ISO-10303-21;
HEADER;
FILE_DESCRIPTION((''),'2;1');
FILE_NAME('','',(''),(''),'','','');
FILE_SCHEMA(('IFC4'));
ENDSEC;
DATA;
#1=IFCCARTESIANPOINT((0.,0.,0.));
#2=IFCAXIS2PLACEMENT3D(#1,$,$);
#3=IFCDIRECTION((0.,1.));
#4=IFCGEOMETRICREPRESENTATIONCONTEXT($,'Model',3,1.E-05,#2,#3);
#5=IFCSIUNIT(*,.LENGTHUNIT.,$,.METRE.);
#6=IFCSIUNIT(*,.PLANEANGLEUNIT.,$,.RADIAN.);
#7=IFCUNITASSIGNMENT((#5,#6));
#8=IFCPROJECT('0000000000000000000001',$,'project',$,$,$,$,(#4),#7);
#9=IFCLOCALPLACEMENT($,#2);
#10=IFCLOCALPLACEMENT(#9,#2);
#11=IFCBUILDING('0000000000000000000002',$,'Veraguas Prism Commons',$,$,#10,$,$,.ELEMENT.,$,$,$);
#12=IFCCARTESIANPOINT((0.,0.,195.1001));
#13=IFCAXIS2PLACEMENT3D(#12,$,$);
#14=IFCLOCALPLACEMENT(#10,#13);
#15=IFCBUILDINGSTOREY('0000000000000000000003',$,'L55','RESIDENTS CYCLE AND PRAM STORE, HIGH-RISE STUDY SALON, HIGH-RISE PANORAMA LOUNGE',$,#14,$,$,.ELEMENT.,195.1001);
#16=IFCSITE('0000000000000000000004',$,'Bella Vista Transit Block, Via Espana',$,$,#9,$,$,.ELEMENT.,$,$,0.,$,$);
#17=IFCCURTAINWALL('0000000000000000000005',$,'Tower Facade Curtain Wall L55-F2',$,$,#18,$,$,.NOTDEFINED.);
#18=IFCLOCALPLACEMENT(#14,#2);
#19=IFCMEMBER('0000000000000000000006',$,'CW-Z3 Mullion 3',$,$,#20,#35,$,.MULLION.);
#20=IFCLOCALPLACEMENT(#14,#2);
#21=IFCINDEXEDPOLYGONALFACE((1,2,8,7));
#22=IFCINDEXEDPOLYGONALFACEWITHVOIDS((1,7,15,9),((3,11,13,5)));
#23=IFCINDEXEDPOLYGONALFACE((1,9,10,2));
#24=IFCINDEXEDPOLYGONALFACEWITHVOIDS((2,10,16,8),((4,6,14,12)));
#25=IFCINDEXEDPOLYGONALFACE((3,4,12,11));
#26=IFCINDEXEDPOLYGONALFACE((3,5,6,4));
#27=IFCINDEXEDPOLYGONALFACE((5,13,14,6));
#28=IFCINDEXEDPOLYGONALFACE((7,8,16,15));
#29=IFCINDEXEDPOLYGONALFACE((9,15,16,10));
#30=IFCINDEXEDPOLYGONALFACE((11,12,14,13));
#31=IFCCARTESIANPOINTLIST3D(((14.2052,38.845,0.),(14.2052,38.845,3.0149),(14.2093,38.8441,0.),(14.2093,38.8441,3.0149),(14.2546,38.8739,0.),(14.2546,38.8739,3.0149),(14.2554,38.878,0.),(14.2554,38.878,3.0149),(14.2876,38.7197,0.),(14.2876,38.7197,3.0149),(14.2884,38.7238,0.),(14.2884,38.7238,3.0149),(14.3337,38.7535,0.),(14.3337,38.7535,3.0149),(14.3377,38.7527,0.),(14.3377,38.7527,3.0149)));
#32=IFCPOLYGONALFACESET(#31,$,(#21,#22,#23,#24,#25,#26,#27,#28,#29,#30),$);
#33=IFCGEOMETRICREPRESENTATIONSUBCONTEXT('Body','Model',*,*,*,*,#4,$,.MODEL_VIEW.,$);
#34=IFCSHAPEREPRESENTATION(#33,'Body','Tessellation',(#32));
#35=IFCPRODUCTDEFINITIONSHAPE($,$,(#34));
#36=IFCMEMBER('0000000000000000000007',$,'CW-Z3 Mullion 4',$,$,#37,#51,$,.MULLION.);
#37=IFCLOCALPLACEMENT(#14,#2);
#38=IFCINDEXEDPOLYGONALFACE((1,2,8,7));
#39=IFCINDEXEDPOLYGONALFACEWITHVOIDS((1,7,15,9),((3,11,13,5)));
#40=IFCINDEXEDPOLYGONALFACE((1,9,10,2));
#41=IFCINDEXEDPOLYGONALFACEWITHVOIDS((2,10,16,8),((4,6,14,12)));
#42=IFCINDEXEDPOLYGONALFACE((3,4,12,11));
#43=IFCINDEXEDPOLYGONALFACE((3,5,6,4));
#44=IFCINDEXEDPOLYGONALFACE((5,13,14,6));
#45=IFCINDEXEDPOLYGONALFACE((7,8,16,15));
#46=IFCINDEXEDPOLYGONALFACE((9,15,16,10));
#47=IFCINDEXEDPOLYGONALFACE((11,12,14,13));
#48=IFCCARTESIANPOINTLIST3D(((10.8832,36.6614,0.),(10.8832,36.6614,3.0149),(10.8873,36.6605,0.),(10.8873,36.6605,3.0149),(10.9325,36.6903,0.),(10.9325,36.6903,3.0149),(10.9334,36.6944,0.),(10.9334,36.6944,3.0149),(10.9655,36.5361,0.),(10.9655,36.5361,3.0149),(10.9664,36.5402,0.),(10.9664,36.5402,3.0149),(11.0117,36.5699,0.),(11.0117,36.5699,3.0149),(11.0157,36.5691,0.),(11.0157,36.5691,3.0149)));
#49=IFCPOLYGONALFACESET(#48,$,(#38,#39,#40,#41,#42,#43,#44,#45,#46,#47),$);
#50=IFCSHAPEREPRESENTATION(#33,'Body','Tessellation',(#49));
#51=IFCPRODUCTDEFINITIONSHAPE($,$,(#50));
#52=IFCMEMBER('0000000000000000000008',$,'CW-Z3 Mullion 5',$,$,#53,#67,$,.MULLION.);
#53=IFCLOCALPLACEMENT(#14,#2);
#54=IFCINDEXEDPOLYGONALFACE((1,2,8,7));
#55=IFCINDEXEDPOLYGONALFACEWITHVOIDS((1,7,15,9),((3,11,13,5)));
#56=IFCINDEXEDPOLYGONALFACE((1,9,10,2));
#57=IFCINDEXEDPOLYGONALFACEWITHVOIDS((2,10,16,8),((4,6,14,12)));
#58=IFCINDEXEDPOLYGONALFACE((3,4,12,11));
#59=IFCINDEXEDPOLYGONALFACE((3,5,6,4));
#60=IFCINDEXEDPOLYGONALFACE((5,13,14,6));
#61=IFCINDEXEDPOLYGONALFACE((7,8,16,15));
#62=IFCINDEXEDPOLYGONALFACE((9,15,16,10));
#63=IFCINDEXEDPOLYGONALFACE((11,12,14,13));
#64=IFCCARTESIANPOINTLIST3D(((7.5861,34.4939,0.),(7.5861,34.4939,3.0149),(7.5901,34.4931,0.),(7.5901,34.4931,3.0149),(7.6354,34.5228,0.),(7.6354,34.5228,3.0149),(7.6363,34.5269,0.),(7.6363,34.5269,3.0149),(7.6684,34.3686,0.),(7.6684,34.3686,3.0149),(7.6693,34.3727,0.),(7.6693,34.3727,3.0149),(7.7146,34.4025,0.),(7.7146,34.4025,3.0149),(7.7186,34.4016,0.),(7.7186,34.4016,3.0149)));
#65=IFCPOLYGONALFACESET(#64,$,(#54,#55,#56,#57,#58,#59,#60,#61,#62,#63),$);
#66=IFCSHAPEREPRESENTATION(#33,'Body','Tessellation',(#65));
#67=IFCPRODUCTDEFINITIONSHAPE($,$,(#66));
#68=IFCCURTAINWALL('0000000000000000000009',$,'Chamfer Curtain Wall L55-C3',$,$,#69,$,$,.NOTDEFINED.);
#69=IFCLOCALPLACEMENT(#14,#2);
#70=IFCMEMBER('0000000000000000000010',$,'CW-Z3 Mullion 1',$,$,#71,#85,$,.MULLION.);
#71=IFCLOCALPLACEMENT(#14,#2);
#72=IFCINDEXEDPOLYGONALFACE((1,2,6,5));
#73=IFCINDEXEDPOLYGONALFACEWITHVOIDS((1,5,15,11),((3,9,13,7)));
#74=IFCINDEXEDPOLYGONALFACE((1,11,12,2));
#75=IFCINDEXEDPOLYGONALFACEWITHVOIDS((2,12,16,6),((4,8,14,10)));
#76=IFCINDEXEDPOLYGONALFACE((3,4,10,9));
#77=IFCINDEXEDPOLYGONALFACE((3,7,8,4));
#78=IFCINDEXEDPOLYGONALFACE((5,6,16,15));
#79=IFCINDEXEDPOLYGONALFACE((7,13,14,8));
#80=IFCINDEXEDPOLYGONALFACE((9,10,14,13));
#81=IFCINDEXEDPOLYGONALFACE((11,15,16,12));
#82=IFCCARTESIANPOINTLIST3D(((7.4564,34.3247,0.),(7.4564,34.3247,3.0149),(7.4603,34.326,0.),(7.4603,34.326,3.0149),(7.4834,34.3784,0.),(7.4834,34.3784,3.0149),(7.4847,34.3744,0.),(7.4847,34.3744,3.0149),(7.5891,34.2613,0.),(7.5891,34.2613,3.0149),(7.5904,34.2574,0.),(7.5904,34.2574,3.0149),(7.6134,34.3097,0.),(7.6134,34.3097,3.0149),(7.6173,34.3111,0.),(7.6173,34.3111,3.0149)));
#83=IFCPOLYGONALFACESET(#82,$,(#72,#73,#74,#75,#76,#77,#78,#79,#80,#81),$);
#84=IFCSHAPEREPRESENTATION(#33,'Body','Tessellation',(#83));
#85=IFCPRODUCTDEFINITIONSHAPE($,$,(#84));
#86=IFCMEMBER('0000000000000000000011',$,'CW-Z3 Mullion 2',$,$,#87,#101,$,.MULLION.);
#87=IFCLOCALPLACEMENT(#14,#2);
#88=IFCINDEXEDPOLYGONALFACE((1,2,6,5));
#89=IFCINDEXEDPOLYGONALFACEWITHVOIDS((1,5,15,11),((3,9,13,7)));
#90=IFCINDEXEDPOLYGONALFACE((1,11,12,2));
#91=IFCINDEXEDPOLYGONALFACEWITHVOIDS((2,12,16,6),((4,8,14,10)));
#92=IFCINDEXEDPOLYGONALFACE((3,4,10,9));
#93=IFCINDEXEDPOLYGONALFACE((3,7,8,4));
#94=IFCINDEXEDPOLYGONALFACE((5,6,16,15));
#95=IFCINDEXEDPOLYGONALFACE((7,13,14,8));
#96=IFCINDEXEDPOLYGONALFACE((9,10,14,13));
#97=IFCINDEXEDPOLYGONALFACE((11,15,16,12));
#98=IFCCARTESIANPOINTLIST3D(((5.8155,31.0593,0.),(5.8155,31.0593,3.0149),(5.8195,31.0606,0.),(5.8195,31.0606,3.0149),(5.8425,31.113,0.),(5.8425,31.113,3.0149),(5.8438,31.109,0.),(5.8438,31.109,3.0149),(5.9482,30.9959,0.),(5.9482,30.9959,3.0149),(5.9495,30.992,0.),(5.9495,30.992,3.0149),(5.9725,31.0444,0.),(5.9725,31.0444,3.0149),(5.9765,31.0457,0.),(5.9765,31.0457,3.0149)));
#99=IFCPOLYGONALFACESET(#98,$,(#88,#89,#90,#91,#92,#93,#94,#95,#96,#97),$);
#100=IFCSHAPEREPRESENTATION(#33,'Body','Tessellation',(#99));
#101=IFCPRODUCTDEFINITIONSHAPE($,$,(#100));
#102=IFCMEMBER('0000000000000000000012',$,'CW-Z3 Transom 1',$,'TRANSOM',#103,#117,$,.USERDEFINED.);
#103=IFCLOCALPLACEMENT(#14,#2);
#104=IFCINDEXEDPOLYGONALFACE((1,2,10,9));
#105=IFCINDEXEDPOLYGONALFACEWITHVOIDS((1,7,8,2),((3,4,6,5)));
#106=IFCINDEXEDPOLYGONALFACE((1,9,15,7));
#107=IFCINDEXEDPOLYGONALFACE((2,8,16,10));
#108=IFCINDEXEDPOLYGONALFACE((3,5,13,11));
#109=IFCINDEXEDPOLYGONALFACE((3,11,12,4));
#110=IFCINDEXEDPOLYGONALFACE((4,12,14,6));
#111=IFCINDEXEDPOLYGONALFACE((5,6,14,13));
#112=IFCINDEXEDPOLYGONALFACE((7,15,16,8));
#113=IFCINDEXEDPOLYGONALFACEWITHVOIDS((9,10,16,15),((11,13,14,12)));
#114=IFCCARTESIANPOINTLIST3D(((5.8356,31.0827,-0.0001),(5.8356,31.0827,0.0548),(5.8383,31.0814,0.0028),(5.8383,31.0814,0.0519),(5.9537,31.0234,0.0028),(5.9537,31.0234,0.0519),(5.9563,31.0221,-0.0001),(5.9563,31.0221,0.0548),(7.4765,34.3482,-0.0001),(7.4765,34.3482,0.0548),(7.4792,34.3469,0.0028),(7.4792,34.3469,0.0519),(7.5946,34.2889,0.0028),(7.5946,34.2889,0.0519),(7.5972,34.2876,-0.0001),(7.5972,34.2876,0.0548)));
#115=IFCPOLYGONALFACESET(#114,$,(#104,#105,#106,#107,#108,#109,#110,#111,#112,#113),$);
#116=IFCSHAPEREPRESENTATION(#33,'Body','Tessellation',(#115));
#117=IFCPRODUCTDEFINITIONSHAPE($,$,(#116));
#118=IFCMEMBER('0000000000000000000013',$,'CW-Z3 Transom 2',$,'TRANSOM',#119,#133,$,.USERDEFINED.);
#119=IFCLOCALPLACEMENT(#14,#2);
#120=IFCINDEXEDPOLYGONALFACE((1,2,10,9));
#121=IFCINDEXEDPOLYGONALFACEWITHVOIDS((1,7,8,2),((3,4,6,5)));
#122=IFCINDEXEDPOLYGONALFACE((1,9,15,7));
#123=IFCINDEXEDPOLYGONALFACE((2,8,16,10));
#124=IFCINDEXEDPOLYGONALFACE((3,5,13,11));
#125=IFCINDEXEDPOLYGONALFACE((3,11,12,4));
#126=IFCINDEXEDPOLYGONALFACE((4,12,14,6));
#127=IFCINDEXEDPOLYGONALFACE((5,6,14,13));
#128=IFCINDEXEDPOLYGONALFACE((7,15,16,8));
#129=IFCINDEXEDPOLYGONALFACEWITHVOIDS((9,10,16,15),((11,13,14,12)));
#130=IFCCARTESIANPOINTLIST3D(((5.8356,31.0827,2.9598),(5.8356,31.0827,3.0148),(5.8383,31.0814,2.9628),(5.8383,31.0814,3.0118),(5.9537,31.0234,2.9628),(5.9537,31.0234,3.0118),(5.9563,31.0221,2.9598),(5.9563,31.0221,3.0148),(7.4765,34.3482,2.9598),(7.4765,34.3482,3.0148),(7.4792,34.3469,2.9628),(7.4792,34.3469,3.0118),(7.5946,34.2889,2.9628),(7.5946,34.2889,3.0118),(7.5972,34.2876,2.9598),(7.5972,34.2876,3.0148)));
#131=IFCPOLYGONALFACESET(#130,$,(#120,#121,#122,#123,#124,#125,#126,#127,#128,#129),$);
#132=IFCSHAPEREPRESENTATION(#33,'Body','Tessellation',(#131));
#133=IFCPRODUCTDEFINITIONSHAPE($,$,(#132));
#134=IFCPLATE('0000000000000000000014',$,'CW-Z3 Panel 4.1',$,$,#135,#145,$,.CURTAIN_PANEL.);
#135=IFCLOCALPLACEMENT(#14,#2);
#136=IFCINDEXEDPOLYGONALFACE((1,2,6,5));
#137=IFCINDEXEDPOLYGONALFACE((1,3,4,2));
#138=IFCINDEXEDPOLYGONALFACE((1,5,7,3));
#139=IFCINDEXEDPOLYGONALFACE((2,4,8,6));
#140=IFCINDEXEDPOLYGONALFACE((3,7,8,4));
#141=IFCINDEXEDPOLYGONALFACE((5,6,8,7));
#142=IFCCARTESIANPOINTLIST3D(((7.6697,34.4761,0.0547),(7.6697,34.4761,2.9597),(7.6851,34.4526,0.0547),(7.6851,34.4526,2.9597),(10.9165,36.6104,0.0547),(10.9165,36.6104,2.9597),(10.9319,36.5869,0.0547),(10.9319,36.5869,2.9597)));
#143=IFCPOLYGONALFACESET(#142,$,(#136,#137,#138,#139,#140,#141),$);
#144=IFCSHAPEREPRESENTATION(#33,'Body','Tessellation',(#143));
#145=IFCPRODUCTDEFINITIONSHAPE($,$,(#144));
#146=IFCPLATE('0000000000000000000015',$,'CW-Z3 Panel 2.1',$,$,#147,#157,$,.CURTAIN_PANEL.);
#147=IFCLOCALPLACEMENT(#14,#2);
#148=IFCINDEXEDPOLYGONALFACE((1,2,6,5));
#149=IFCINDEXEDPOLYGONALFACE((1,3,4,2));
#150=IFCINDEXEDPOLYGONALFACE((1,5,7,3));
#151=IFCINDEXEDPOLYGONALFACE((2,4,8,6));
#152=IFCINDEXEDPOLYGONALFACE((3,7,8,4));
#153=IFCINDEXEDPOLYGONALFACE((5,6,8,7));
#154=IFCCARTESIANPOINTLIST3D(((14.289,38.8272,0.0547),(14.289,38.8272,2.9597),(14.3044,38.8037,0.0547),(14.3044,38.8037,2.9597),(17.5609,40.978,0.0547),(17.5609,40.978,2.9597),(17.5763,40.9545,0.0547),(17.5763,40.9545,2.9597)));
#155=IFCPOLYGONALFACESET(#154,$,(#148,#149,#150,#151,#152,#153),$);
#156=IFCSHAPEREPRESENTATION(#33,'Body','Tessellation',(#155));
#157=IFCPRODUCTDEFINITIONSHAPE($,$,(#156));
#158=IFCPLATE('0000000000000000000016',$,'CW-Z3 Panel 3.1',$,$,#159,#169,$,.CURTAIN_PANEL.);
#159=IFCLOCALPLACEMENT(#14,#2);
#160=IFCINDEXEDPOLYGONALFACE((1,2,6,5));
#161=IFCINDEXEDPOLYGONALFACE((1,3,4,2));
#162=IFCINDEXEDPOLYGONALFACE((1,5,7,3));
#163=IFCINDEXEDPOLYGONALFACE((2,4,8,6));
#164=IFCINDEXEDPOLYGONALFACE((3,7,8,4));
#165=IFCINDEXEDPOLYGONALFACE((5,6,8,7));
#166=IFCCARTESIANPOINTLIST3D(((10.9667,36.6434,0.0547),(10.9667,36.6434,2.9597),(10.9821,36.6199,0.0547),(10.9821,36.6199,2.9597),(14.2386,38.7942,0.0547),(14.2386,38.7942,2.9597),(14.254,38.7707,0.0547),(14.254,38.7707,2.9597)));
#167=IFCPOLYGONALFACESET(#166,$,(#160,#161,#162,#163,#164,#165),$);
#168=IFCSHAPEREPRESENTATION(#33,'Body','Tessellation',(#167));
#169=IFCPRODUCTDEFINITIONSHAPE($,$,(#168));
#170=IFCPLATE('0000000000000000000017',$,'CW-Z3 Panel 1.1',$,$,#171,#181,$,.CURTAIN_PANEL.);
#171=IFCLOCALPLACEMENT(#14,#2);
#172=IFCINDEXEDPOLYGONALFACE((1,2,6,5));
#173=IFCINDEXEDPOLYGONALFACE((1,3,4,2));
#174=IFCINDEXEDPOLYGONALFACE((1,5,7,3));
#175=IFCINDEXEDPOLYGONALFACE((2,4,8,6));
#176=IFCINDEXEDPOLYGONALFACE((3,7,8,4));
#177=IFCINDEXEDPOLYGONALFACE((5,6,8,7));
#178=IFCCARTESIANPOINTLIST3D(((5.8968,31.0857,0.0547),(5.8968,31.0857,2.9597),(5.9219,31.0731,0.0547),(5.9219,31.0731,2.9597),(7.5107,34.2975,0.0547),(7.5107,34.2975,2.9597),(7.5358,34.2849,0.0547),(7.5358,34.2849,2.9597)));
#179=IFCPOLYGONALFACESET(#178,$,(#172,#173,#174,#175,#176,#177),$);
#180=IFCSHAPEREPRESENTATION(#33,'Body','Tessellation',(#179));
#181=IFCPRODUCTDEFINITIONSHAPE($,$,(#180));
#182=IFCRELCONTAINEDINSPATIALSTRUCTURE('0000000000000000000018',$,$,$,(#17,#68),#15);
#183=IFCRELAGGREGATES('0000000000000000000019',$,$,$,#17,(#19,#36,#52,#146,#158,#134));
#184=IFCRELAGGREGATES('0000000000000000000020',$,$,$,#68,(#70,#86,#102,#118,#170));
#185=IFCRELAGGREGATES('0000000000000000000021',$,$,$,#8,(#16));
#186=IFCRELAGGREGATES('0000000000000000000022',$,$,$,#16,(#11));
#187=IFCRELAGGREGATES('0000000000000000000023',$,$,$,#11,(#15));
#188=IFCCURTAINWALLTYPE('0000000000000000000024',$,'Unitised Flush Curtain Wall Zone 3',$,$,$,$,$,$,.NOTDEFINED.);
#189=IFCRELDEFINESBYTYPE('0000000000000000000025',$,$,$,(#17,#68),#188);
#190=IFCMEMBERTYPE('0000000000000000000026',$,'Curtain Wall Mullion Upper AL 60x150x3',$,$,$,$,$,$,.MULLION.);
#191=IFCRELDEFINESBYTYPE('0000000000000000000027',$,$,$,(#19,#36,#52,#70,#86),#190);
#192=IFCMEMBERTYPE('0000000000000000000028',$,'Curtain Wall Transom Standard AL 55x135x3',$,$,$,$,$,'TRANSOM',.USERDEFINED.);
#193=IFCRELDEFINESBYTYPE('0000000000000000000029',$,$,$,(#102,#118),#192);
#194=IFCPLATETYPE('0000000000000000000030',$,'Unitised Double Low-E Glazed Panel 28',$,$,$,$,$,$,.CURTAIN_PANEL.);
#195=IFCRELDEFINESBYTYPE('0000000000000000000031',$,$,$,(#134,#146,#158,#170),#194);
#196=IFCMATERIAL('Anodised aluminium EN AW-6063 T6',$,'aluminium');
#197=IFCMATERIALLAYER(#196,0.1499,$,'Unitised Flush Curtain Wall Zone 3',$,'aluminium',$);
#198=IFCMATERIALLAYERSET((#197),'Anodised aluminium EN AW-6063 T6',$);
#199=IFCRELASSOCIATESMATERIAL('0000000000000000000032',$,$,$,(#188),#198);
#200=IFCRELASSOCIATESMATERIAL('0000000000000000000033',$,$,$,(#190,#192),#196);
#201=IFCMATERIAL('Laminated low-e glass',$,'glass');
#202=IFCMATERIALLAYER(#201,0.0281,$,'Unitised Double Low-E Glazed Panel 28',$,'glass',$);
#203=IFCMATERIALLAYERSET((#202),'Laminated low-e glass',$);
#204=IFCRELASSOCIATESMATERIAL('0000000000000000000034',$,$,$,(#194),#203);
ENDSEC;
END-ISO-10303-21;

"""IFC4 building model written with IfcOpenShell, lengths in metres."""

from ifc_helpers import new_model, si_unit, direction, frame, origin, origin_2d, place, context, subcontext, project, spatial, rectangle, hollow_rectangle, extrude, source, transform, mapped, material, layer, layer_set, material_profile, profile_set, type_object, element, aggregate, save


model = new_model("IFC4")

# Units and contexts
model_context = context("Model", 3, precision=1e-05, world=origin(), true_north=direction((0.0, 1.0)))
body_context = subcontext(model_context, "Body", "Model", "MODEL_VIEW")
ifc_project = project(units=[si_unit("LENGTHUNIT", "METRE"), si_unit("PLANEANGLEUNIT", "RADIAN")], contexts=[model_context])

# Site, building, storey
site_placement = place(None, origin())
site = spatial("IfcSite", under=ifc_project, at=site_placement, Name="Bella Vista Transit Block, Via Espana", CompositionType="ELEMENT", RefElevation=0.0)
building_placement = place(site_placement, origin())
building = spatial("IfcBuilding", under=site, at=building_placement, Name="Veraguas Prism Commons", CompositionType="ELEMENT")
storey_placement = place(building_placement, frame((0.0, 0.0, 195.1001)))
storey = spatial("IfcBuildingStorey", under=building, at=storey_placement, Name="L55", Description="RESIDENTS CYCLE AND PRAM STORE, HIGH-RISE STUDY SALON, HIGH-RISE PANORAMA LOUNGE", CompositionType="ELEMENT", Elevation=195.1001)

# Curtain walls, members
ifc_material_1 = material(Name="Anodised aluminium EN AW-6063 T6", Category="aluminium")
ifc_layer_1 = layer(ifc_material_1, 0.1499, Name="Unitised Flush Curtain Wall Zone 3", Category="aluminium")
ifc_layer_set_1 = layer_set([ifc_layer_1], Name="Anodised aluminium EN AW-6063 T6")
curtain_wall_type = type_object("IfcCurtainWallType", Name="Unitised Flush Curtain Wall Zone 3", PredefinedType="NOTDEFINED", material=ifc_layer_set_1)
curtain_wall_1_placement = place(storey_placement, origin())
curtain_wall_1 = element("IfcCurtainWall", 1, at=curtain_wall_1_placement, inside=storey, type_object=curtain_wall_type, Name="Tower Facade Curtain Wall L55-F2", PredefinedType="NOTDEFINED")
ifc_material_profile_1 = material_profile(ifc_material_1, hollow_rectangle(XDim=0.0601, YDim=0.1499, WallThickness=0.0029, at=origin_2d()), Name="AL60X150X3")
ifc_profile_set_1 = profile_set([ifc_material_profile_1], Name="Anodised aluminium EN AW-6063 T6")
member_type_1 = type_object("IfcMemberType", Name="Curtain Wall Mullion Upper AL 60x150x3", PredefinedType="MULLION", material=ifc_profile_set_1)
shared_shape_1 = source(origin(), body_context, "Body", "SweptSolid", [
    extrude(hollow_rectangle(XDim=0.0601, YDim=0.1499, WallThickness=0.0029, at=origin_2d()), origin(), (0.0, 0.0, 1.0), 3.0149),
])
member_1_placement = place(storey_placement, frame((14.2715, 38.7988, 0.0), z_axis=(0.0, 0.0, 1.0), x_axis=(-0.835621, -0.549306, 0.0)))
member_1 = element("IfcMember", 2, at=member_1_placement, type_object=member_type_1, Name="CW-Z3 Mullion 3", PredefinedType="MULLION", context=body_context, shape_type="MappedRepresentation", body=[
    mapped(shared_shape_1, transform((0.0, 0.0, 0.0), scale=1.0)),
])
member_2_placement = place(storey_placement, frame((10.9495, 36.6152, 0.0), z_axis=(0.0, 0.0, 1.0), x_axis=(-0.835621, -0.549306, 0.0)))
member_2 = element("IfcMember", 3, at=member_2_placement, type_object=member_type_1, Name="CW-Z3 Mullion 4", PredefinedType="MULLION", context=body_context, shape_type="MappedRepresentation", body=[
    mapped(shared_shape_1, transform((0.0, 0.0, 0.0), scale=1.0)),
])
member_3_placement = place(storey_placement, frame((7.6523, 34.4478, 0.0), z_axis=(0.0, 0.0, 1.0), x_axis=(-0.835621, -0.549306, 0.0)))
member_3 = element("IfcMember", 4, at=member_3_placement, type_object=member_type_1, Name="CW-Z3 Mullion 5", PredefinedType="MULLION", context=body_context, shape_type="MappedRepresentation", body=[
    mapped(shared_shape_1, transform((0.0, 0.0, 0.0), scale=1.0)),
])
curtain_wall_2_placement = place(storey_placement, origin())
curtain_wall_2 = element("IfcCurtainWall", 5, at=curtain_wall_2_placement, inside=storey, type_object=curtain_wall_type, Name="Chamfer Curtain Wall L55-C3", PredefinedType="NOTDEFINED")
member_4_placement = place(storey_placement, frame((7.5369, 34.3179, 0.0), z_axis=(0.0, 0.0, 1.0), x_axis=(-0.449001, -0.893531, 0.0)))
member_4 = element("IfcMember", 6, at=member_4_placement, type_object=member_type_1, Name="CW-Z3 Mullion 1", PredefinedType="MULLION", context=body_context, shape_type="MappedRepresentation", body=[
    mapped(shared_shape_1, transform((0.0, 0.0, 0.0), scale=1.0)),
])
member_5_placement = place(storey_placement, frame((5.896, 31.0525, 0.0), z_axis=(0.0, 0.0, 1.0), x_axis=(-0.449001, -0.893531, 0.0)))
member_5 = element("IfcMember", 7, at=member_5_placement, type_object=member_type_1, Name="CW-Z3 Mullion 2", PredefinedType="MULLION", context=body_context, shape_type="MappedRepresentation", body=[
    mapped(shared_shape_1, transform((0.0, 0.0, 0.0), scale=1.0)),
])
ifc_material_profile_2 = material_profile(ifc_material_1, hollow_rectangle(XDim=0.0549, YDim=0.135, WallThickness=0.0029, at=origin_2d()), Name="AL55X135X3")
ifc_profile_set_2 = profile_set([ifc_material_profile_2], Name="Anodised aluminium EN AW-6063 T6")
member_type_2 = type_object("IfcMemberType", Name="Curtain Wall Transom Standard AL 55x135x3", ElementType="TRANSOM", PredefinedType="USERDEFINED", material=ifc_profile_set_2)
shared_shape_2 = source(origin(), body_context, "Body", "SweptSolid", [
    extrude(hollow_rectangle(XDim=0.0549, YDim=0.135, WallThickness=0.0029, at=origin_2d()), origin(), (0.0, 0.0, 1.0), 3.6545),
])
member_6_placement = place(storey_placement, frame((7.5369, 34.3179, 0.0273), z_axis=(-0.449003, -0.89353, 0.0), x_axis=(0.0, 0.0, 1.0)))
member_6 = element("IfcMember", 8, at=member_6_placement, type_object=member_type_2, Name="CW-Z3 Transom 1", ObjectType="TRANSOM", PredefinedType="USERDEFINED", context=body_context, shape_type="MappedRepresentation", body=[
    mapped(shared_shape_2, transform((0.0, 0.0, 0.0), scale=1.0)),
])
member_7_placement = place(storey_placement, frame((7.5369, 34.3179, 2.9873), z_axis=(-0.449003, -0.89353, 0.0), x_axis=(0.0, 0.0, 1.0)))
member_7 = element("IfcMember", 9, at=member_7_placement, type_object=member_type_2, Name="CW-Z3 Transom 2", ObjectType="TRANSOM", PredefinedType="USERDEFINED", context=body_context, shape_type="MappedRepresentation", body=[
    mapped(shared_shape_2, transform((0.0, 0.0, 0.0), scale=1.0)),
])

# Plates
ifc_material_2 = material(Name="Laminated low-e glass", Category="glass")
ifc_layer_2 = layer(ifc_material_2, 0.0281, Name="Unitised Double Low-E Glazed Panel 28", Category="glass")
ifc_layer_set_2 = layer_set([ifc_layer_2], Name="Laminated low-e glass")
plate_type = type_object("IfcPlateType", Name="Unitised Double Low-E Glazed Panel 28", PredefinedType="CURTAIN_PANEL", material=ifc_layer_set_2)
shared_shape_3 = source(origin(), body_context, "Body", "SweptSolid", [
    extrude(rectangle(XDim=3.8855, YDim=0.0281, at=origin_2d()), origin(), (0.0, 0.0, 1.0), 2.905),
])
plate_1_placement = place(storey_placement, frame((9.3008, 35.5315, 0.0547), z_axis=(0.0, 0.0, 1.0), x_axis=(-0.835621, -0.549306, 0.0)))
plate_1 = element("IfcPlate", 10, at=plate_1_placement, type_object=plate_type, Name="CW-Z3 Panel 4.1", PredefinedType="CURTAIN_PANEL", context=body_context, shape_type="MappedRepresentation", body=[
    mapped(shared_shape_3, transform((0.0, 0.0, 0.0), scale=1.0)),
])
shared_shape_4 = source(origin(), body_context, "Body", "SweptSolid", [
    extrude(rectangle(XDim=3.9155, YDim=0.0281, at=origin_2d()), origin(), (0.0, 0.0, 1.0), 2.905),
])
plate_2_placement = place(storey_placement, frame((15.9326, 39.8909, 0.0547), z_axis=(0.0, 0.0, 1.0), x_axis=(-0.835621, -0.549306, 0.0)))
plate_2 = element("IfcPlate", 11, at=plate_2_placement, type_object=plate_type, Name="CW-Z3 Panel 2.1", PredefinedType="CURTAIN_PANEL", context=body_context, shape_type="MappedRepresentation", body=[
    mapped(shared_shape_4, transform((0.0, 0.0, 0.0), scale=1.0)),
])
plate_3_placement = place(storey_placement, frame((12.6104, 37.707, 0.0547), z_axis=(0.0, 0.0, 1.0), x_axis=(-0.835621, -0.549306, 0.0)))
plate_3 = element("IfcPlate", 12, at=plate_3_placement, type_object=plate_type, Name="CW-Z3 Panel 3.1", PredefinedType="CURTAIN_PANEL", context=body_context, shape_type="MappedRepresentation", body=[
    mapped(shared_shape_4, transform((0.0, 0.0, 0.0), scale=1.0)),
])
aggregate(curtain_wall_1, [member_1, member_2, member_3, plate_2, plate_3, plate_1])
shared_shape_5 = source(origin(), body_context, "Body", "SweptSolid", [
    extrude(rectangle(XDim=3.5945, YDim=0.0281, at=origin_2d()), origin(), (0.0, 0.0, 1.0), 2.905),
])
plate_4_placement = place(storey_placement, frame((6.7163, 32.6853, 0.0547), z_axis=(0.0, 0.0, 1.0), x_axis=(-0.449001, -0.893531, 0.0)))
plate_4 = element("IfcPlate", 13, at=plate_4_placement, type_object=plate_type, Name="CW-Z3 Panel 1.1", PredefinedType="CURTAIN_PANEL", context=body_context, shape_type="MappedRepresentation", body=[
    mapped(shared_shape_5, transform((0.0, 0.0, 0.0), scale=1.0)),
])
aggregate(curtain_wall_2, [member_4, member_5, member_6, member_7, plate_4])

save(model, "model.ifc")
